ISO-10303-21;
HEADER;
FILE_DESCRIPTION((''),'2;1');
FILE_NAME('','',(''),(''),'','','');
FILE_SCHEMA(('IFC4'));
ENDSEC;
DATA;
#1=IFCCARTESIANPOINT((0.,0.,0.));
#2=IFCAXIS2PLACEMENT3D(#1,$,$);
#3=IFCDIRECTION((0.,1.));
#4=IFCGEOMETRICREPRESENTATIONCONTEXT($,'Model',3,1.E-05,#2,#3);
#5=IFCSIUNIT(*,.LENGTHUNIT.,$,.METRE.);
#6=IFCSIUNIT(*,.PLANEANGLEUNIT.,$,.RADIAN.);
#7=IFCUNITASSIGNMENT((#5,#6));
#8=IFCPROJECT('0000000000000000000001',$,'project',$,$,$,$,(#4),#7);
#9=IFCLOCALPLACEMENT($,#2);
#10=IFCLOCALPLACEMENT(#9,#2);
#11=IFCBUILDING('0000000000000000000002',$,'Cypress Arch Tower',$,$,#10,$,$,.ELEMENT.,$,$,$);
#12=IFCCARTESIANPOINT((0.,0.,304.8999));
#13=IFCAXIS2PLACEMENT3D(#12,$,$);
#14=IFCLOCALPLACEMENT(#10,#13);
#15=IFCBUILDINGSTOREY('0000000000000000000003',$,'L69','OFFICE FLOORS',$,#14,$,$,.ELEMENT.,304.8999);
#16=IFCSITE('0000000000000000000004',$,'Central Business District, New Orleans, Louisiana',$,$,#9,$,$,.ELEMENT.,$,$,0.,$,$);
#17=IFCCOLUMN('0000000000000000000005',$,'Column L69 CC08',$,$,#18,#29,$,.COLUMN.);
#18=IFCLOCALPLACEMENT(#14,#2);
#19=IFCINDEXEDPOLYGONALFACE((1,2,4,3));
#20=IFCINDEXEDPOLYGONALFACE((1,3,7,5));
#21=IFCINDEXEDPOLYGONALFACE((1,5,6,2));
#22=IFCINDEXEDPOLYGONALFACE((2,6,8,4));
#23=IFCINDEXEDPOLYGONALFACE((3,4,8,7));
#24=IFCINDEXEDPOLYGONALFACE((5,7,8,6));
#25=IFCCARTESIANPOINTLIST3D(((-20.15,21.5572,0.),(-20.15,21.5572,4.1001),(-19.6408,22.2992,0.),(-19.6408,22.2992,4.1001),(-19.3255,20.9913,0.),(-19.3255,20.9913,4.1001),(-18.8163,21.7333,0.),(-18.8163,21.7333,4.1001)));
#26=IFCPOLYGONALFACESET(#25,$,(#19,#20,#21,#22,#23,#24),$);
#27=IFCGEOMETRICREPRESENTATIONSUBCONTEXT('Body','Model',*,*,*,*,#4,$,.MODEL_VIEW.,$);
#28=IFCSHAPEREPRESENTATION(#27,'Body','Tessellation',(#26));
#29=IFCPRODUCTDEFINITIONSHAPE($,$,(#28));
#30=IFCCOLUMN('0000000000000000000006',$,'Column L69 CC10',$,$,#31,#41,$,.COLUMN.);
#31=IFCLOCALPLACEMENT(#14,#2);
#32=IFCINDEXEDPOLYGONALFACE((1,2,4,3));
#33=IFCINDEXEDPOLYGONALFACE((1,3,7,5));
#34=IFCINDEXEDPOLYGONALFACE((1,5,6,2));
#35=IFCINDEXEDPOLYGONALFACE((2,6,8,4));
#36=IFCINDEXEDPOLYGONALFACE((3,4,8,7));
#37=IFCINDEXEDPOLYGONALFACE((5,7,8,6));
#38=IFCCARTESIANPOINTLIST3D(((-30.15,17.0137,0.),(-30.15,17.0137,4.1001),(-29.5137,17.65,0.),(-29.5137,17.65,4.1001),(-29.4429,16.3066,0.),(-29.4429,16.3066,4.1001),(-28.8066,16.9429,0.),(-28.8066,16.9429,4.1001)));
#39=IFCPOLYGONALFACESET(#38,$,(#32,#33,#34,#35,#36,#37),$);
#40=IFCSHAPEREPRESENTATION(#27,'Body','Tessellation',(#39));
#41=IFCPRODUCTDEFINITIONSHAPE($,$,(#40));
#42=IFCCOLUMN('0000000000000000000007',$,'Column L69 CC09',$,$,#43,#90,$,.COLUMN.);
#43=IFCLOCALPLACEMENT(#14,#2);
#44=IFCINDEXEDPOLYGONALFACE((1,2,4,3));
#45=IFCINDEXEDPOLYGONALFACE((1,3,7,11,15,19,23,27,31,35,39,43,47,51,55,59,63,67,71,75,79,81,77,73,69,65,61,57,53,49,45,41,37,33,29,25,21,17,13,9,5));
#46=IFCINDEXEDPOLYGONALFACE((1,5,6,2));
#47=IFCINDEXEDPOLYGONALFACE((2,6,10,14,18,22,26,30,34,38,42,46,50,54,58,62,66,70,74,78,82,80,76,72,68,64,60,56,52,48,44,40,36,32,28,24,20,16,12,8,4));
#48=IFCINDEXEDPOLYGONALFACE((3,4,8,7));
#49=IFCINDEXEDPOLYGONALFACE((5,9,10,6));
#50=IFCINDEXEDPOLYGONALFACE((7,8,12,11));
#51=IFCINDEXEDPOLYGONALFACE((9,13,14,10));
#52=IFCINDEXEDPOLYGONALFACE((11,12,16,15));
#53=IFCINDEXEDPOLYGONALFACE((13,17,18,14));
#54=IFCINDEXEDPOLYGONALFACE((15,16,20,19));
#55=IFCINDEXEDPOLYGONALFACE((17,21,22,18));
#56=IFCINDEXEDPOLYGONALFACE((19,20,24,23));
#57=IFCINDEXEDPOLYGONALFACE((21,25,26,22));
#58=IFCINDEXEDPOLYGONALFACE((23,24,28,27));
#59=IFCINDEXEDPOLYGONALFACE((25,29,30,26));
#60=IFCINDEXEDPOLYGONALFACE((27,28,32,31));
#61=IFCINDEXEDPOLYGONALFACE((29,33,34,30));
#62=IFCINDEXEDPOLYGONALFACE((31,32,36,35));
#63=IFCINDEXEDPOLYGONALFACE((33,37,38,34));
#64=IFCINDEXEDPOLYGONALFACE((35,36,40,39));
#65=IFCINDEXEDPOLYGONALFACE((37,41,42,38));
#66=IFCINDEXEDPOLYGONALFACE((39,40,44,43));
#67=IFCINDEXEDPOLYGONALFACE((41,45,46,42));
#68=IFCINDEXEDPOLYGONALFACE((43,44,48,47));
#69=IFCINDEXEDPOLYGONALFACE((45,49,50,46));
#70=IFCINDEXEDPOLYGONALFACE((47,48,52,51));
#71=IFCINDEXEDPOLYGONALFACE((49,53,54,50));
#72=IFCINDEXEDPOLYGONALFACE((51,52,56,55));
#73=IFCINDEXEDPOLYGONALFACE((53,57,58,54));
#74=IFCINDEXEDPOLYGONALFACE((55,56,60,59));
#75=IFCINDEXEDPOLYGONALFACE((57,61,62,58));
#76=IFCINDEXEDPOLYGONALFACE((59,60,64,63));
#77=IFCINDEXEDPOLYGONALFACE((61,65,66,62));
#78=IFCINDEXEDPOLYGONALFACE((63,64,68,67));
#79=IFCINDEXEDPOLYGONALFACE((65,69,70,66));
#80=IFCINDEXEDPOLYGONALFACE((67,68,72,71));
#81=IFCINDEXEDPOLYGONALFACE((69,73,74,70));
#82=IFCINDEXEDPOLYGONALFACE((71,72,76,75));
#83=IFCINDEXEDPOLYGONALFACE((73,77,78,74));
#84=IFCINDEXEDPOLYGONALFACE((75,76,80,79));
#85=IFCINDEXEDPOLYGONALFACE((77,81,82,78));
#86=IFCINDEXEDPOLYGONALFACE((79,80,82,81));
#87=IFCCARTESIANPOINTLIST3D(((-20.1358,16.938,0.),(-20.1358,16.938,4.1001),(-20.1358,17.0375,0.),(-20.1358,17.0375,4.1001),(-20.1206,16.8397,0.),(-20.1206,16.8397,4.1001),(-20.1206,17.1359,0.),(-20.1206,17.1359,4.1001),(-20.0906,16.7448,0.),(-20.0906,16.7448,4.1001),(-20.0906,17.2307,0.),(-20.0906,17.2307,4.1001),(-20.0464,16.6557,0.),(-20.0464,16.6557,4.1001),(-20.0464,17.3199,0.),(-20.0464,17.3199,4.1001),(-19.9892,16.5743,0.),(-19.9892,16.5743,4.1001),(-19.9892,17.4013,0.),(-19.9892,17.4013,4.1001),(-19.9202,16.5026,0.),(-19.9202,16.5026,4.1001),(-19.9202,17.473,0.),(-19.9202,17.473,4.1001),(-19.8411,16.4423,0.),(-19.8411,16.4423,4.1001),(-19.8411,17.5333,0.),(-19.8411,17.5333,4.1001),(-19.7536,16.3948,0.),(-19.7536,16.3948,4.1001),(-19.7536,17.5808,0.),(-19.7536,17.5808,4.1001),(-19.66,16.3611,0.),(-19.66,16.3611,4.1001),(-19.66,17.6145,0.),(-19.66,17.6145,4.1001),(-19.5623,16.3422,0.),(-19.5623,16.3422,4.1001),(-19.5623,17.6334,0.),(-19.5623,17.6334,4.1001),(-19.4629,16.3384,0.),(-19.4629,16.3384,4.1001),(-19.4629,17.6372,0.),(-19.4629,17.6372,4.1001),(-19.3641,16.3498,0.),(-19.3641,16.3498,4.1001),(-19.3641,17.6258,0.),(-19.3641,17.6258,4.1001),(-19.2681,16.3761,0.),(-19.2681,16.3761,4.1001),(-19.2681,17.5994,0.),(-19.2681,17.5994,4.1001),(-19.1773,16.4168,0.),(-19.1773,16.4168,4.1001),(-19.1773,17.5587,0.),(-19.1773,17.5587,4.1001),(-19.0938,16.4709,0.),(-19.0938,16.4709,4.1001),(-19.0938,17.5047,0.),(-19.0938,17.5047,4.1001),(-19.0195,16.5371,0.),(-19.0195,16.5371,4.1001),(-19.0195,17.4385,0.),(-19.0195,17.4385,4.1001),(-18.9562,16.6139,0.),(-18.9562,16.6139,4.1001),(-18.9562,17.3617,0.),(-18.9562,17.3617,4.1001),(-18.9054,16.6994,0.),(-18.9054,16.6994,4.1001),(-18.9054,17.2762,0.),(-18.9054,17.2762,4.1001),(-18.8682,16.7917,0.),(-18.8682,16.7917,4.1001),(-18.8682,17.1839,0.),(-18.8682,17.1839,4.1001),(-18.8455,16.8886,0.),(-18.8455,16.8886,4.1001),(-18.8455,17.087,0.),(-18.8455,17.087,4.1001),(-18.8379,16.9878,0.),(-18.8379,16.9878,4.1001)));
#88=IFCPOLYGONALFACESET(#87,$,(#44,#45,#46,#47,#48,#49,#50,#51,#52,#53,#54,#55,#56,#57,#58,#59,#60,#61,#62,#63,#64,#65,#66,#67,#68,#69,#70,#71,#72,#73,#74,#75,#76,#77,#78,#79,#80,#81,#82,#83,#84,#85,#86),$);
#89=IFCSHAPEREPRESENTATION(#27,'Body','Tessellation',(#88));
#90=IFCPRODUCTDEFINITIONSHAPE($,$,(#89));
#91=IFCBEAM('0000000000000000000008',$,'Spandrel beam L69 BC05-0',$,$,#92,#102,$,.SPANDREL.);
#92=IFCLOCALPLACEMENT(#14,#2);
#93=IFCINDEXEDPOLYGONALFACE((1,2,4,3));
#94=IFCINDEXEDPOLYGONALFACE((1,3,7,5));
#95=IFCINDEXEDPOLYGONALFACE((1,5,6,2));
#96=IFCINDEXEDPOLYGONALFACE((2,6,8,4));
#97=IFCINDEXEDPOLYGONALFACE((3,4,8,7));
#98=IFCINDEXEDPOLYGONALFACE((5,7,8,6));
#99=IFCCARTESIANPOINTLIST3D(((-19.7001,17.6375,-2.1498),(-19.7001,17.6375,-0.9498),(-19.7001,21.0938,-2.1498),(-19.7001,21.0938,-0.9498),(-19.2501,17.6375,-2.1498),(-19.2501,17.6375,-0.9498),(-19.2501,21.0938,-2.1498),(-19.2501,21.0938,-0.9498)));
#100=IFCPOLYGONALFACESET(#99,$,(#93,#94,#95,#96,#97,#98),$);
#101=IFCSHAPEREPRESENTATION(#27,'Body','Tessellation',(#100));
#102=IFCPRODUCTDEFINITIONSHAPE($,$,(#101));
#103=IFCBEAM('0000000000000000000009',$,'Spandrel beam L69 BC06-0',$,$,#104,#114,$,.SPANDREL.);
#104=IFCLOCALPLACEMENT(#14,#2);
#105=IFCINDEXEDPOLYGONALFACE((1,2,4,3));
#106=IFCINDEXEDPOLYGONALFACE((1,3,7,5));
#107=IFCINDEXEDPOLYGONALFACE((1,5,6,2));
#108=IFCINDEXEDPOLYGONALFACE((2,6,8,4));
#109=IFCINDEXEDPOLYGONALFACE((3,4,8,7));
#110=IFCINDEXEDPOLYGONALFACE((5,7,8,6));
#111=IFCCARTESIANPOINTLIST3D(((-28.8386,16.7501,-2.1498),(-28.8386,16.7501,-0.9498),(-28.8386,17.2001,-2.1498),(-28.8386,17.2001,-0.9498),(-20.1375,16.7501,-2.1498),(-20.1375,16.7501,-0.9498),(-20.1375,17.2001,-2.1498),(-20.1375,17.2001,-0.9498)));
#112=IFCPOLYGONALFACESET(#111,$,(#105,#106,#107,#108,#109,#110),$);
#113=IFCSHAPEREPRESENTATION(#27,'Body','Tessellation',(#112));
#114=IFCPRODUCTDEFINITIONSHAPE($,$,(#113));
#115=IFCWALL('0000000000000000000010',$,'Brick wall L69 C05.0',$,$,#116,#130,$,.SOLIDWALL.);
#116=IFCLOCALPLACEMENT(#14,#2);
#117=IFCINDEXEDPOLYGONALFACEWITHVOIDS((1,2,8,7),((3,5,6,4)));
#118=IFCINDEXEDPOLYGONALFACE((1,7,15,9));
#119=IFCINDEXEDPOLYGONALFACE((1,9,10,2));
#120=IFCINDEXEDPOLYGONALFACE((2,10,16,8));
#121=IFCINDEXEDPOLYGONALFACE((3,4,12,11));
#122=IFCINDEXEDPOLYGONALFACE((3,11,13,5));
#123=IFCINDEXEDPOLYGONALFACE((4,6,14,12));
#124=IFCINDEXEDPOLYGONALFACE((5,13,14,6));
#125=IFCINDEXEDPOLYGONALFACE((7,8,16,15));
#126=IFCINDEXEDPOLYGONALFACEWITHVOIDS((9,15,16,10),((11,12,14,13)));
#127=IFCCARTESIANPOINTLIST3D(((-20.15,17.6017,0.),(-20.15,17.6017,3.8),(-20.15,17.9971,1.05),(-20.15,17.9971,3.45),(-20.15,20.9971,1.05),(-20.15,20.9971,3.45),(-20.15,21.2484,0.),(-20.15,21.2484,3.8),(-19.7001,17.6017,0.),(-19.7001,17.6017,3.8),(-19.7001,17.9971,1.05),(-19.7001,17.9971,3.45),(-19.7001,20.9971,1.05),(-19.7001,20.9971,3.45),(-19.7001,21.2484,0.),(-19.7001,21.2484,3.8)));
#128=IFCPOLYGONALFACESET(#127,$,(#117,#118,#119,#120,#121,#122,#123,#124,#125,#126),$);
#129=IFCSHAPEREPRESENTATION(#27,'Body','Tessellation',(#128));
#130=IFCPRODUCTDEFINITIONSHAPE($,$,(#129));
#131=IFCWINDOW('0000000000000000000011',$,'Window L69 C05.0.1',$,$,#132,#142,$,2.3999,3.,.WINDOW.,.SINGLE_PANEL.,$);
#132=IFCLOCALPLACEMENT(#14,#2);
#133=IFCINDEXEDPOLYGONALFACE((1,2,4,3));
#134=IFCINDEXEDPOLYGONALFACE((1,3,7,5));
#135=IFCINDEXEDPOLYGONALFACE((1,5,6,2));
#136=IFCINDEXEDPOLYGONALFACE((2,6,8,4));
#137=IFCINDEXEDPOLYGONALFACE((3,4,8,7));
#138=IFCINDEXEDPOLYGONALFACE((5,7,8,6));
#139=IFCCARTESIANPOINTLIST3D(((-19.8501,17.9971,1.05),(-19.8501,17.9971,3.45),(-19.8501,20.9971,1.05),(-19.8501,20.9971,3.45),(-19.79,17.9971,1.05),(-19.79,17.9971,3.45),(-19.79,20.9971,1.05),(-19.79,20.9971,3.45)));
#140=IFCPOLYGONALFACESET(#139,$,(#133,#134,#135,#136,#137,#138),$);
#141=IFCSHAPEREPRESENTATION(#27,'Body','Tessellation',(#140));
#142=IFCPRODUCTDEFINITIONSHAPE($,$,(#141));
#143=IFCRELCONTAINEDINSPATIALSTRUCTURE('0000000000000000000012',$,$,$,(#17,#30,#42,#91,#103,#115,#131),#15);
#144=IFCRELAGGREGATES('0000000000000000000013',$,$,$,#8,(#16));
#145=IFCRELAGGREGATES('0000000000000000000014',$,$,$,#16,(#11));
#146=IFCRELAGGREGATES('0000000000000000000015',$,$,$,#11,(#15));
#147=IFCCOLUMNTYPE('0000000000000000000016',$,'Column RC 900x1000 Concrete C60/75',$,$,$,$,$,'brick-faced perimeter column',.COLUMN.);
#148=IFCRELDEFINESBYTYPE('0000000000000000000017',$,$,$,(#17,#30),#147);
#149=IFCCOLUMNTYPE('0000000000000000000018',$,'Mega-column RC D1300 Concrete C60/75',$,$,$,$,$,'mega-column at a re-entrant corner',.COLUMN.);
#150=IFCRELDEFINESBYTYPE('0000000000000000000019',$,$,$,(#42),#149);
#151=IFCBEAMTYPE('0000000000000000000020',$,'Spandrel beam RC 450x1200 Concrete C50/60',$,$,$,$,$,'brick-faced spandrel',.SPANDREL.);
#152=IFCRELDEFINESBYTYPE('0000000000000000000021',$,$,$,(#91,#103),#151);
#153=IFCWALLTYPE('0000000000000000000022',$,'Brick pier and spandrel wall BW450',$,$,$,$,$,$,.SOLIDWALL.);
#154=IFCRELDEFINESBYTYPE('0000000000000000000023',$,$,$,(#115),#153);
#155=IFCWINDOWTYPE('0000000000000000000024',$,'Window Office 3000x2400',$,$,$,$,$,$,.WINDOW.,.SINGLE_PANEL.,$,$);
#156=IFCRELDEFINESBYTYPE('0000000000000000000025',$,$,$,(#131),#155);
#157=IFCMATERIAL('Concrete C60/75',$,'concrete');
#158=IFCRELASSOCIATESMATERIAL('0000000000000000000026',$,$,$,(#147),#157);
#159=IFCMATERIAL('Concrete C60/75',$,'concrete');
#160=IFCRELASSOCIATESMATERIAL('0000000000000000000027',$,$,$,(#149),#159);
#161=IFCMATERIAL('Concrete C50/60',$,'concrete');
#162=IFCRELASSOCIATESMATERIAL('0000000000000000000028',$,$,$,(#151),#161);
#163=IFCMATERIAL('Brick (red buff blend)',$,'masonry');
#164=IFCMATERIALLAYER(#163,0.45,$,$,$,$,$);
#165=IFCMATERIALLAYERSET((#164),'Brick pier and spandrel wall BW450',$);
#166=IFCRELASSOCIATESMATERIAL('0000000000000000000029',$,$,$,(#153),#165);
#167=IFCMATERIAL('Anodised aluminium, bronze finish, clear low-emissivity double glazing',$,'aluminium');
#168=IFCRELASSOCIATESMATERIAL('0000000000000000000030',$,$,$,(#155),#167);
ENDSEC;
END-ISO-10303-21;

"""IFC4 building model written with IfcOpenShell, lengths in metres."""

from ifc_helpers import new_model, si_unit, direction, frame, frame_2d, origin, origin_2d, place, context, subcontext, project, spatial, rectangle, circle, extrude, material, layer, layer_set, material_profile, profile_set, type_object, element, fill, save


model = new_model("IFC4")

# Units and contexts
model_context = context("Model", 3, precision=1e-05, world=origin(), true_north=direction((0.0, 1.0)))
body_context = subcontext(model_context, "Body", "Model", "MODEL_VIEW")
ifc_project = project(units=[si_unit("LENGTHUNIT", "METRE"), si_unit("PLANEANGLEUNIT", "RADIAN")], contexts=[model_context])

# Site, building, storey
site_placement = place(None, origin())
site = spatial("IfcSite", under=ifc_project, at=site_placement, Name="Central Business District, New Orleans, Louisiana", CompositionType="ELEMENT", RefElevation=0.0)
building_placement = place(site_placement, origin())
building = spatial("IfcBuilding", under=site, at=building_placement, Name="Cypress Arch Tower", CompositionType="ELEMENT")
storey_placement = place(building_placement, frame((0.0, 0.0, 304.8999)))
storey = spatial("IfcBuildingStorey", under=building, at=storey_placement, Name="L69", Description="OFFICE FLOORS", CompositionType="ELEMENT", Elevation=304.8999)

# Columns
ifc_material_1 = material(Name="Concrete C60/75", Category="concrete")
ifc_material_profile_1 = material_profile(ifc_material_1, rectangle(XDim=0.8999, YDim=1.0, at=origin_2d()), Name="RC 900x1000")
ifc_profile_set_1 = profile_set([ifc_material_profile_1], Name="Concrete C60/75")
column_type_1 = type_object("IfcColumnType", Name="Column RC 900x1000 Concrete C60/75", ElementType="brick-faced perimeter column", PredefinedType="COLUMN", material=ifc_profile_set_1)
for number, where, z_axis, x_axis, name in (
    (1, (-19.4832, 21.6453, 0.0), (0.0, 0.0, 1.0), (-0.565893, -0.824479, 0.0), "Column L69 CC08"),
    (2, (-29.4783, 16.9783, 0.0), (0.0, 0.0, 1.0), (-0.707107, -0.707107, 0.0), "Column L69 CC10"),
):
    element("IfcColumn", number, at=place(storey_placement, frame(where, z_axis=z_axis, x_axis=x_axis)), inside=storey, type_object=column_type_1, Name=name, PredefinedType="COLUMN", context=body_context, shape_type="SweptSolid", body=[
        extrude(rectangle(XDim=0.8999, YDim=1.0, at=origin_2d()), origin(), (0.0, 0.0, 1.0), 4.1001),
    ])
ifc_material_2 = material(Name="Concrete C60/75", Category="concrete")
ifc_material_profile_2 = material_profile(ifc_material_2, circle(Radius=0.6499, at=origin_2d()), Name="RC D1300")
ifc_profile_set_2 = profile_set([ifc_material_profile_2], Name="Concrete C60/75")
column_type_2 = type_object("IfcColumnType", Name="Mega-column RC D1300 Concrete C60/75", ElementType="mega-column at a re-entrant corner", PredefinedType="COLUMN", material=ifc_profile_set_2)
column_placement = place(storey_placement, frame((-19.4878, 16.9878, 0.0), z_axis=(0.0, 0.0, 1.0), x_axis=(1.0, 0.0, 0.0)))
element("IfcColumn", 3, at=column_placement, inside=storey, type_object=column_type_2, Name="Column L69 CC09", PredefinedType="COLUMN", context=body_context, shape_type="SweptSolid", body=[
    extrude(circle(Radius=0.6499, at=origin_2d()), origin(), (0.0, 0.0, 1.0), 4.1001),
])

# Beams
ifc_material_3 = material(Name="Concrete C50/60", Category="concrete")
ifc_material_profile_3 = material_profile(ifc_material_3, rectangle(XDim=0.45, YDim=1.2, at=origin_2d()), Name="RC 450x1200")
ifc_profile_set_3 = profile_set([ifc_material_profile_3], Name="Concrete C50/60")
beam_type = type_object("IfcBeamType", Name="Spandrel beam RC 450x1200 Concrete C50/60", ElementType="brick-faced spandrel", PredefinedType="SPANDREL", material=ifc_profile_set_3)
beam_1_placement = place(storey_placement, frame((-19.4751, 21.0938, -1.5498), z_axis=(0.0, -1.0, 0.0), x_axis=(1.0, 0.0, 0.0)))
element("IfcBeam", 4, at=beam_1_placement, inside=storey, type_object=beam_type, Name="Spandrel beam L69 BC05-0", PredefinedType="SPANDREL", context=body_context, shape_type="SweptSolid", body=[
    extrude(rectangle(XDim=0.45, YDim=1.2, at=origin_2d()), origin(), (0.0, 0.0, 1.0), 3.4563),
])
beam_2_placement = place(storey_placement, frame((-20.1375, 16.9751, -1.5498), z_axis=(-1.0, 0.0, 0.0), x_axis=(0.0, -1.0, 0.0)))
element("IfcBeam", 5, at=beam_2_placement, inside=storey, type_object=beam_type, Name="Spandrel beam L69 BC06-0", PredefinedType="SPANDREL", context=body_context, shape_type="SweptSolid", body=[
    extrude(rectangle(XDim=0.45, YDim=1.2, at=origin_2d()), origin(), (0.0, 0.0, 1.0), 8.7012),
])

# Wall, opening, window
ifc_material_4 = material(Name="Brick (red buff blend)", Category="masonry")
ifc_layer_1 = layer(ifc_material_4, 0.45)
ifc_layer_set_1 = layer_set([ifc_layer_1], Name="Brick pier and spandrel wall BW450")
wall_type_1 = type_object("IfcWallType", Name="Brick pier and spandrel wall BW450", PredefinedType="SOLIDWALL", material=ifc_layer_set_1)
wall_1_placement = place(storey_placement, frame((-19.925, 21.2483, 0.0), z_axis=(0.0, 0.0, 1.0), x_axis=(0.0, -1.0, 0.0)))
wall_1 = element("IfcWall", 6, at=wall_1_placement, inside=storey, type_object=wall_type_1, Name="Brick wall L69 C05.0", PredefinedType="SOLIDWALL", context=body_context, shape_type="SweptSolid", body=[
    extrude(rectangle(XDim=3.6467, YDim=0.45, at=frame_2d((1.8232, 0.0))), origin(), (0.0, 0.0, 1.0), 3.8),
])
opening_1_placement = place(wall_1_placement, frame((0.2512, 0.0, 1.05)))
opening_1 = element("IfcOpeningElement", 7, at=opening_1_placement, cuts=wall_1, PredefinedType="OPENING", context=body_context, shape_type="SweptSolid", body=[
    extrude(rectangle(XDim=3.0, YDim=2.3999, at=frame_2d((1.5, 1.2))), frame((0.0, 0.2349, 0.0), z_axis=(0.0, -1.0, 0.0), x_axis=(1.0, 0.0, 0.0)), (0.0, 0.0, 1.0), 0.47),
])
ifc_material_5 = material(Name="Anodised aluminium, bronze finish, clear low-emissivity double glazing", Category="aluminium")
window_type = type_object("IfcWindowType", Name="Window Office 3000x2400", PartitioningType="SINGLE_PANEL", PredefinedType="WINDOW", material=ifc_material_5)
window_1_placement = place(opening_1_placement, origin())
window_1 = element("IfcWindow", 8, at=window_1_placement, inside=storey, type_object=window_type, Name="Window L69 C05.0.1", OverallHeight=2.3999, OverallWidth=3.0, PartitioningType="SINGLE_PANEL", PredefinedType="WINDOW", context=body_context, shape_type="SweptSolid", body=[
    extrude(rectangle(XDim=3.0, YDim=2.3999, at=frame_2d((1.5, 1.2))), frame((0.0, 0.135, 0.0), z_axis=(0.0, -1.0, 0.0), x_axis=(1.0, 0.0, 0.0)), (0.0, 0.0, 1.0), 0.0601),
])
fill(opening_1, window_1)

save(model, "model.ifc")
